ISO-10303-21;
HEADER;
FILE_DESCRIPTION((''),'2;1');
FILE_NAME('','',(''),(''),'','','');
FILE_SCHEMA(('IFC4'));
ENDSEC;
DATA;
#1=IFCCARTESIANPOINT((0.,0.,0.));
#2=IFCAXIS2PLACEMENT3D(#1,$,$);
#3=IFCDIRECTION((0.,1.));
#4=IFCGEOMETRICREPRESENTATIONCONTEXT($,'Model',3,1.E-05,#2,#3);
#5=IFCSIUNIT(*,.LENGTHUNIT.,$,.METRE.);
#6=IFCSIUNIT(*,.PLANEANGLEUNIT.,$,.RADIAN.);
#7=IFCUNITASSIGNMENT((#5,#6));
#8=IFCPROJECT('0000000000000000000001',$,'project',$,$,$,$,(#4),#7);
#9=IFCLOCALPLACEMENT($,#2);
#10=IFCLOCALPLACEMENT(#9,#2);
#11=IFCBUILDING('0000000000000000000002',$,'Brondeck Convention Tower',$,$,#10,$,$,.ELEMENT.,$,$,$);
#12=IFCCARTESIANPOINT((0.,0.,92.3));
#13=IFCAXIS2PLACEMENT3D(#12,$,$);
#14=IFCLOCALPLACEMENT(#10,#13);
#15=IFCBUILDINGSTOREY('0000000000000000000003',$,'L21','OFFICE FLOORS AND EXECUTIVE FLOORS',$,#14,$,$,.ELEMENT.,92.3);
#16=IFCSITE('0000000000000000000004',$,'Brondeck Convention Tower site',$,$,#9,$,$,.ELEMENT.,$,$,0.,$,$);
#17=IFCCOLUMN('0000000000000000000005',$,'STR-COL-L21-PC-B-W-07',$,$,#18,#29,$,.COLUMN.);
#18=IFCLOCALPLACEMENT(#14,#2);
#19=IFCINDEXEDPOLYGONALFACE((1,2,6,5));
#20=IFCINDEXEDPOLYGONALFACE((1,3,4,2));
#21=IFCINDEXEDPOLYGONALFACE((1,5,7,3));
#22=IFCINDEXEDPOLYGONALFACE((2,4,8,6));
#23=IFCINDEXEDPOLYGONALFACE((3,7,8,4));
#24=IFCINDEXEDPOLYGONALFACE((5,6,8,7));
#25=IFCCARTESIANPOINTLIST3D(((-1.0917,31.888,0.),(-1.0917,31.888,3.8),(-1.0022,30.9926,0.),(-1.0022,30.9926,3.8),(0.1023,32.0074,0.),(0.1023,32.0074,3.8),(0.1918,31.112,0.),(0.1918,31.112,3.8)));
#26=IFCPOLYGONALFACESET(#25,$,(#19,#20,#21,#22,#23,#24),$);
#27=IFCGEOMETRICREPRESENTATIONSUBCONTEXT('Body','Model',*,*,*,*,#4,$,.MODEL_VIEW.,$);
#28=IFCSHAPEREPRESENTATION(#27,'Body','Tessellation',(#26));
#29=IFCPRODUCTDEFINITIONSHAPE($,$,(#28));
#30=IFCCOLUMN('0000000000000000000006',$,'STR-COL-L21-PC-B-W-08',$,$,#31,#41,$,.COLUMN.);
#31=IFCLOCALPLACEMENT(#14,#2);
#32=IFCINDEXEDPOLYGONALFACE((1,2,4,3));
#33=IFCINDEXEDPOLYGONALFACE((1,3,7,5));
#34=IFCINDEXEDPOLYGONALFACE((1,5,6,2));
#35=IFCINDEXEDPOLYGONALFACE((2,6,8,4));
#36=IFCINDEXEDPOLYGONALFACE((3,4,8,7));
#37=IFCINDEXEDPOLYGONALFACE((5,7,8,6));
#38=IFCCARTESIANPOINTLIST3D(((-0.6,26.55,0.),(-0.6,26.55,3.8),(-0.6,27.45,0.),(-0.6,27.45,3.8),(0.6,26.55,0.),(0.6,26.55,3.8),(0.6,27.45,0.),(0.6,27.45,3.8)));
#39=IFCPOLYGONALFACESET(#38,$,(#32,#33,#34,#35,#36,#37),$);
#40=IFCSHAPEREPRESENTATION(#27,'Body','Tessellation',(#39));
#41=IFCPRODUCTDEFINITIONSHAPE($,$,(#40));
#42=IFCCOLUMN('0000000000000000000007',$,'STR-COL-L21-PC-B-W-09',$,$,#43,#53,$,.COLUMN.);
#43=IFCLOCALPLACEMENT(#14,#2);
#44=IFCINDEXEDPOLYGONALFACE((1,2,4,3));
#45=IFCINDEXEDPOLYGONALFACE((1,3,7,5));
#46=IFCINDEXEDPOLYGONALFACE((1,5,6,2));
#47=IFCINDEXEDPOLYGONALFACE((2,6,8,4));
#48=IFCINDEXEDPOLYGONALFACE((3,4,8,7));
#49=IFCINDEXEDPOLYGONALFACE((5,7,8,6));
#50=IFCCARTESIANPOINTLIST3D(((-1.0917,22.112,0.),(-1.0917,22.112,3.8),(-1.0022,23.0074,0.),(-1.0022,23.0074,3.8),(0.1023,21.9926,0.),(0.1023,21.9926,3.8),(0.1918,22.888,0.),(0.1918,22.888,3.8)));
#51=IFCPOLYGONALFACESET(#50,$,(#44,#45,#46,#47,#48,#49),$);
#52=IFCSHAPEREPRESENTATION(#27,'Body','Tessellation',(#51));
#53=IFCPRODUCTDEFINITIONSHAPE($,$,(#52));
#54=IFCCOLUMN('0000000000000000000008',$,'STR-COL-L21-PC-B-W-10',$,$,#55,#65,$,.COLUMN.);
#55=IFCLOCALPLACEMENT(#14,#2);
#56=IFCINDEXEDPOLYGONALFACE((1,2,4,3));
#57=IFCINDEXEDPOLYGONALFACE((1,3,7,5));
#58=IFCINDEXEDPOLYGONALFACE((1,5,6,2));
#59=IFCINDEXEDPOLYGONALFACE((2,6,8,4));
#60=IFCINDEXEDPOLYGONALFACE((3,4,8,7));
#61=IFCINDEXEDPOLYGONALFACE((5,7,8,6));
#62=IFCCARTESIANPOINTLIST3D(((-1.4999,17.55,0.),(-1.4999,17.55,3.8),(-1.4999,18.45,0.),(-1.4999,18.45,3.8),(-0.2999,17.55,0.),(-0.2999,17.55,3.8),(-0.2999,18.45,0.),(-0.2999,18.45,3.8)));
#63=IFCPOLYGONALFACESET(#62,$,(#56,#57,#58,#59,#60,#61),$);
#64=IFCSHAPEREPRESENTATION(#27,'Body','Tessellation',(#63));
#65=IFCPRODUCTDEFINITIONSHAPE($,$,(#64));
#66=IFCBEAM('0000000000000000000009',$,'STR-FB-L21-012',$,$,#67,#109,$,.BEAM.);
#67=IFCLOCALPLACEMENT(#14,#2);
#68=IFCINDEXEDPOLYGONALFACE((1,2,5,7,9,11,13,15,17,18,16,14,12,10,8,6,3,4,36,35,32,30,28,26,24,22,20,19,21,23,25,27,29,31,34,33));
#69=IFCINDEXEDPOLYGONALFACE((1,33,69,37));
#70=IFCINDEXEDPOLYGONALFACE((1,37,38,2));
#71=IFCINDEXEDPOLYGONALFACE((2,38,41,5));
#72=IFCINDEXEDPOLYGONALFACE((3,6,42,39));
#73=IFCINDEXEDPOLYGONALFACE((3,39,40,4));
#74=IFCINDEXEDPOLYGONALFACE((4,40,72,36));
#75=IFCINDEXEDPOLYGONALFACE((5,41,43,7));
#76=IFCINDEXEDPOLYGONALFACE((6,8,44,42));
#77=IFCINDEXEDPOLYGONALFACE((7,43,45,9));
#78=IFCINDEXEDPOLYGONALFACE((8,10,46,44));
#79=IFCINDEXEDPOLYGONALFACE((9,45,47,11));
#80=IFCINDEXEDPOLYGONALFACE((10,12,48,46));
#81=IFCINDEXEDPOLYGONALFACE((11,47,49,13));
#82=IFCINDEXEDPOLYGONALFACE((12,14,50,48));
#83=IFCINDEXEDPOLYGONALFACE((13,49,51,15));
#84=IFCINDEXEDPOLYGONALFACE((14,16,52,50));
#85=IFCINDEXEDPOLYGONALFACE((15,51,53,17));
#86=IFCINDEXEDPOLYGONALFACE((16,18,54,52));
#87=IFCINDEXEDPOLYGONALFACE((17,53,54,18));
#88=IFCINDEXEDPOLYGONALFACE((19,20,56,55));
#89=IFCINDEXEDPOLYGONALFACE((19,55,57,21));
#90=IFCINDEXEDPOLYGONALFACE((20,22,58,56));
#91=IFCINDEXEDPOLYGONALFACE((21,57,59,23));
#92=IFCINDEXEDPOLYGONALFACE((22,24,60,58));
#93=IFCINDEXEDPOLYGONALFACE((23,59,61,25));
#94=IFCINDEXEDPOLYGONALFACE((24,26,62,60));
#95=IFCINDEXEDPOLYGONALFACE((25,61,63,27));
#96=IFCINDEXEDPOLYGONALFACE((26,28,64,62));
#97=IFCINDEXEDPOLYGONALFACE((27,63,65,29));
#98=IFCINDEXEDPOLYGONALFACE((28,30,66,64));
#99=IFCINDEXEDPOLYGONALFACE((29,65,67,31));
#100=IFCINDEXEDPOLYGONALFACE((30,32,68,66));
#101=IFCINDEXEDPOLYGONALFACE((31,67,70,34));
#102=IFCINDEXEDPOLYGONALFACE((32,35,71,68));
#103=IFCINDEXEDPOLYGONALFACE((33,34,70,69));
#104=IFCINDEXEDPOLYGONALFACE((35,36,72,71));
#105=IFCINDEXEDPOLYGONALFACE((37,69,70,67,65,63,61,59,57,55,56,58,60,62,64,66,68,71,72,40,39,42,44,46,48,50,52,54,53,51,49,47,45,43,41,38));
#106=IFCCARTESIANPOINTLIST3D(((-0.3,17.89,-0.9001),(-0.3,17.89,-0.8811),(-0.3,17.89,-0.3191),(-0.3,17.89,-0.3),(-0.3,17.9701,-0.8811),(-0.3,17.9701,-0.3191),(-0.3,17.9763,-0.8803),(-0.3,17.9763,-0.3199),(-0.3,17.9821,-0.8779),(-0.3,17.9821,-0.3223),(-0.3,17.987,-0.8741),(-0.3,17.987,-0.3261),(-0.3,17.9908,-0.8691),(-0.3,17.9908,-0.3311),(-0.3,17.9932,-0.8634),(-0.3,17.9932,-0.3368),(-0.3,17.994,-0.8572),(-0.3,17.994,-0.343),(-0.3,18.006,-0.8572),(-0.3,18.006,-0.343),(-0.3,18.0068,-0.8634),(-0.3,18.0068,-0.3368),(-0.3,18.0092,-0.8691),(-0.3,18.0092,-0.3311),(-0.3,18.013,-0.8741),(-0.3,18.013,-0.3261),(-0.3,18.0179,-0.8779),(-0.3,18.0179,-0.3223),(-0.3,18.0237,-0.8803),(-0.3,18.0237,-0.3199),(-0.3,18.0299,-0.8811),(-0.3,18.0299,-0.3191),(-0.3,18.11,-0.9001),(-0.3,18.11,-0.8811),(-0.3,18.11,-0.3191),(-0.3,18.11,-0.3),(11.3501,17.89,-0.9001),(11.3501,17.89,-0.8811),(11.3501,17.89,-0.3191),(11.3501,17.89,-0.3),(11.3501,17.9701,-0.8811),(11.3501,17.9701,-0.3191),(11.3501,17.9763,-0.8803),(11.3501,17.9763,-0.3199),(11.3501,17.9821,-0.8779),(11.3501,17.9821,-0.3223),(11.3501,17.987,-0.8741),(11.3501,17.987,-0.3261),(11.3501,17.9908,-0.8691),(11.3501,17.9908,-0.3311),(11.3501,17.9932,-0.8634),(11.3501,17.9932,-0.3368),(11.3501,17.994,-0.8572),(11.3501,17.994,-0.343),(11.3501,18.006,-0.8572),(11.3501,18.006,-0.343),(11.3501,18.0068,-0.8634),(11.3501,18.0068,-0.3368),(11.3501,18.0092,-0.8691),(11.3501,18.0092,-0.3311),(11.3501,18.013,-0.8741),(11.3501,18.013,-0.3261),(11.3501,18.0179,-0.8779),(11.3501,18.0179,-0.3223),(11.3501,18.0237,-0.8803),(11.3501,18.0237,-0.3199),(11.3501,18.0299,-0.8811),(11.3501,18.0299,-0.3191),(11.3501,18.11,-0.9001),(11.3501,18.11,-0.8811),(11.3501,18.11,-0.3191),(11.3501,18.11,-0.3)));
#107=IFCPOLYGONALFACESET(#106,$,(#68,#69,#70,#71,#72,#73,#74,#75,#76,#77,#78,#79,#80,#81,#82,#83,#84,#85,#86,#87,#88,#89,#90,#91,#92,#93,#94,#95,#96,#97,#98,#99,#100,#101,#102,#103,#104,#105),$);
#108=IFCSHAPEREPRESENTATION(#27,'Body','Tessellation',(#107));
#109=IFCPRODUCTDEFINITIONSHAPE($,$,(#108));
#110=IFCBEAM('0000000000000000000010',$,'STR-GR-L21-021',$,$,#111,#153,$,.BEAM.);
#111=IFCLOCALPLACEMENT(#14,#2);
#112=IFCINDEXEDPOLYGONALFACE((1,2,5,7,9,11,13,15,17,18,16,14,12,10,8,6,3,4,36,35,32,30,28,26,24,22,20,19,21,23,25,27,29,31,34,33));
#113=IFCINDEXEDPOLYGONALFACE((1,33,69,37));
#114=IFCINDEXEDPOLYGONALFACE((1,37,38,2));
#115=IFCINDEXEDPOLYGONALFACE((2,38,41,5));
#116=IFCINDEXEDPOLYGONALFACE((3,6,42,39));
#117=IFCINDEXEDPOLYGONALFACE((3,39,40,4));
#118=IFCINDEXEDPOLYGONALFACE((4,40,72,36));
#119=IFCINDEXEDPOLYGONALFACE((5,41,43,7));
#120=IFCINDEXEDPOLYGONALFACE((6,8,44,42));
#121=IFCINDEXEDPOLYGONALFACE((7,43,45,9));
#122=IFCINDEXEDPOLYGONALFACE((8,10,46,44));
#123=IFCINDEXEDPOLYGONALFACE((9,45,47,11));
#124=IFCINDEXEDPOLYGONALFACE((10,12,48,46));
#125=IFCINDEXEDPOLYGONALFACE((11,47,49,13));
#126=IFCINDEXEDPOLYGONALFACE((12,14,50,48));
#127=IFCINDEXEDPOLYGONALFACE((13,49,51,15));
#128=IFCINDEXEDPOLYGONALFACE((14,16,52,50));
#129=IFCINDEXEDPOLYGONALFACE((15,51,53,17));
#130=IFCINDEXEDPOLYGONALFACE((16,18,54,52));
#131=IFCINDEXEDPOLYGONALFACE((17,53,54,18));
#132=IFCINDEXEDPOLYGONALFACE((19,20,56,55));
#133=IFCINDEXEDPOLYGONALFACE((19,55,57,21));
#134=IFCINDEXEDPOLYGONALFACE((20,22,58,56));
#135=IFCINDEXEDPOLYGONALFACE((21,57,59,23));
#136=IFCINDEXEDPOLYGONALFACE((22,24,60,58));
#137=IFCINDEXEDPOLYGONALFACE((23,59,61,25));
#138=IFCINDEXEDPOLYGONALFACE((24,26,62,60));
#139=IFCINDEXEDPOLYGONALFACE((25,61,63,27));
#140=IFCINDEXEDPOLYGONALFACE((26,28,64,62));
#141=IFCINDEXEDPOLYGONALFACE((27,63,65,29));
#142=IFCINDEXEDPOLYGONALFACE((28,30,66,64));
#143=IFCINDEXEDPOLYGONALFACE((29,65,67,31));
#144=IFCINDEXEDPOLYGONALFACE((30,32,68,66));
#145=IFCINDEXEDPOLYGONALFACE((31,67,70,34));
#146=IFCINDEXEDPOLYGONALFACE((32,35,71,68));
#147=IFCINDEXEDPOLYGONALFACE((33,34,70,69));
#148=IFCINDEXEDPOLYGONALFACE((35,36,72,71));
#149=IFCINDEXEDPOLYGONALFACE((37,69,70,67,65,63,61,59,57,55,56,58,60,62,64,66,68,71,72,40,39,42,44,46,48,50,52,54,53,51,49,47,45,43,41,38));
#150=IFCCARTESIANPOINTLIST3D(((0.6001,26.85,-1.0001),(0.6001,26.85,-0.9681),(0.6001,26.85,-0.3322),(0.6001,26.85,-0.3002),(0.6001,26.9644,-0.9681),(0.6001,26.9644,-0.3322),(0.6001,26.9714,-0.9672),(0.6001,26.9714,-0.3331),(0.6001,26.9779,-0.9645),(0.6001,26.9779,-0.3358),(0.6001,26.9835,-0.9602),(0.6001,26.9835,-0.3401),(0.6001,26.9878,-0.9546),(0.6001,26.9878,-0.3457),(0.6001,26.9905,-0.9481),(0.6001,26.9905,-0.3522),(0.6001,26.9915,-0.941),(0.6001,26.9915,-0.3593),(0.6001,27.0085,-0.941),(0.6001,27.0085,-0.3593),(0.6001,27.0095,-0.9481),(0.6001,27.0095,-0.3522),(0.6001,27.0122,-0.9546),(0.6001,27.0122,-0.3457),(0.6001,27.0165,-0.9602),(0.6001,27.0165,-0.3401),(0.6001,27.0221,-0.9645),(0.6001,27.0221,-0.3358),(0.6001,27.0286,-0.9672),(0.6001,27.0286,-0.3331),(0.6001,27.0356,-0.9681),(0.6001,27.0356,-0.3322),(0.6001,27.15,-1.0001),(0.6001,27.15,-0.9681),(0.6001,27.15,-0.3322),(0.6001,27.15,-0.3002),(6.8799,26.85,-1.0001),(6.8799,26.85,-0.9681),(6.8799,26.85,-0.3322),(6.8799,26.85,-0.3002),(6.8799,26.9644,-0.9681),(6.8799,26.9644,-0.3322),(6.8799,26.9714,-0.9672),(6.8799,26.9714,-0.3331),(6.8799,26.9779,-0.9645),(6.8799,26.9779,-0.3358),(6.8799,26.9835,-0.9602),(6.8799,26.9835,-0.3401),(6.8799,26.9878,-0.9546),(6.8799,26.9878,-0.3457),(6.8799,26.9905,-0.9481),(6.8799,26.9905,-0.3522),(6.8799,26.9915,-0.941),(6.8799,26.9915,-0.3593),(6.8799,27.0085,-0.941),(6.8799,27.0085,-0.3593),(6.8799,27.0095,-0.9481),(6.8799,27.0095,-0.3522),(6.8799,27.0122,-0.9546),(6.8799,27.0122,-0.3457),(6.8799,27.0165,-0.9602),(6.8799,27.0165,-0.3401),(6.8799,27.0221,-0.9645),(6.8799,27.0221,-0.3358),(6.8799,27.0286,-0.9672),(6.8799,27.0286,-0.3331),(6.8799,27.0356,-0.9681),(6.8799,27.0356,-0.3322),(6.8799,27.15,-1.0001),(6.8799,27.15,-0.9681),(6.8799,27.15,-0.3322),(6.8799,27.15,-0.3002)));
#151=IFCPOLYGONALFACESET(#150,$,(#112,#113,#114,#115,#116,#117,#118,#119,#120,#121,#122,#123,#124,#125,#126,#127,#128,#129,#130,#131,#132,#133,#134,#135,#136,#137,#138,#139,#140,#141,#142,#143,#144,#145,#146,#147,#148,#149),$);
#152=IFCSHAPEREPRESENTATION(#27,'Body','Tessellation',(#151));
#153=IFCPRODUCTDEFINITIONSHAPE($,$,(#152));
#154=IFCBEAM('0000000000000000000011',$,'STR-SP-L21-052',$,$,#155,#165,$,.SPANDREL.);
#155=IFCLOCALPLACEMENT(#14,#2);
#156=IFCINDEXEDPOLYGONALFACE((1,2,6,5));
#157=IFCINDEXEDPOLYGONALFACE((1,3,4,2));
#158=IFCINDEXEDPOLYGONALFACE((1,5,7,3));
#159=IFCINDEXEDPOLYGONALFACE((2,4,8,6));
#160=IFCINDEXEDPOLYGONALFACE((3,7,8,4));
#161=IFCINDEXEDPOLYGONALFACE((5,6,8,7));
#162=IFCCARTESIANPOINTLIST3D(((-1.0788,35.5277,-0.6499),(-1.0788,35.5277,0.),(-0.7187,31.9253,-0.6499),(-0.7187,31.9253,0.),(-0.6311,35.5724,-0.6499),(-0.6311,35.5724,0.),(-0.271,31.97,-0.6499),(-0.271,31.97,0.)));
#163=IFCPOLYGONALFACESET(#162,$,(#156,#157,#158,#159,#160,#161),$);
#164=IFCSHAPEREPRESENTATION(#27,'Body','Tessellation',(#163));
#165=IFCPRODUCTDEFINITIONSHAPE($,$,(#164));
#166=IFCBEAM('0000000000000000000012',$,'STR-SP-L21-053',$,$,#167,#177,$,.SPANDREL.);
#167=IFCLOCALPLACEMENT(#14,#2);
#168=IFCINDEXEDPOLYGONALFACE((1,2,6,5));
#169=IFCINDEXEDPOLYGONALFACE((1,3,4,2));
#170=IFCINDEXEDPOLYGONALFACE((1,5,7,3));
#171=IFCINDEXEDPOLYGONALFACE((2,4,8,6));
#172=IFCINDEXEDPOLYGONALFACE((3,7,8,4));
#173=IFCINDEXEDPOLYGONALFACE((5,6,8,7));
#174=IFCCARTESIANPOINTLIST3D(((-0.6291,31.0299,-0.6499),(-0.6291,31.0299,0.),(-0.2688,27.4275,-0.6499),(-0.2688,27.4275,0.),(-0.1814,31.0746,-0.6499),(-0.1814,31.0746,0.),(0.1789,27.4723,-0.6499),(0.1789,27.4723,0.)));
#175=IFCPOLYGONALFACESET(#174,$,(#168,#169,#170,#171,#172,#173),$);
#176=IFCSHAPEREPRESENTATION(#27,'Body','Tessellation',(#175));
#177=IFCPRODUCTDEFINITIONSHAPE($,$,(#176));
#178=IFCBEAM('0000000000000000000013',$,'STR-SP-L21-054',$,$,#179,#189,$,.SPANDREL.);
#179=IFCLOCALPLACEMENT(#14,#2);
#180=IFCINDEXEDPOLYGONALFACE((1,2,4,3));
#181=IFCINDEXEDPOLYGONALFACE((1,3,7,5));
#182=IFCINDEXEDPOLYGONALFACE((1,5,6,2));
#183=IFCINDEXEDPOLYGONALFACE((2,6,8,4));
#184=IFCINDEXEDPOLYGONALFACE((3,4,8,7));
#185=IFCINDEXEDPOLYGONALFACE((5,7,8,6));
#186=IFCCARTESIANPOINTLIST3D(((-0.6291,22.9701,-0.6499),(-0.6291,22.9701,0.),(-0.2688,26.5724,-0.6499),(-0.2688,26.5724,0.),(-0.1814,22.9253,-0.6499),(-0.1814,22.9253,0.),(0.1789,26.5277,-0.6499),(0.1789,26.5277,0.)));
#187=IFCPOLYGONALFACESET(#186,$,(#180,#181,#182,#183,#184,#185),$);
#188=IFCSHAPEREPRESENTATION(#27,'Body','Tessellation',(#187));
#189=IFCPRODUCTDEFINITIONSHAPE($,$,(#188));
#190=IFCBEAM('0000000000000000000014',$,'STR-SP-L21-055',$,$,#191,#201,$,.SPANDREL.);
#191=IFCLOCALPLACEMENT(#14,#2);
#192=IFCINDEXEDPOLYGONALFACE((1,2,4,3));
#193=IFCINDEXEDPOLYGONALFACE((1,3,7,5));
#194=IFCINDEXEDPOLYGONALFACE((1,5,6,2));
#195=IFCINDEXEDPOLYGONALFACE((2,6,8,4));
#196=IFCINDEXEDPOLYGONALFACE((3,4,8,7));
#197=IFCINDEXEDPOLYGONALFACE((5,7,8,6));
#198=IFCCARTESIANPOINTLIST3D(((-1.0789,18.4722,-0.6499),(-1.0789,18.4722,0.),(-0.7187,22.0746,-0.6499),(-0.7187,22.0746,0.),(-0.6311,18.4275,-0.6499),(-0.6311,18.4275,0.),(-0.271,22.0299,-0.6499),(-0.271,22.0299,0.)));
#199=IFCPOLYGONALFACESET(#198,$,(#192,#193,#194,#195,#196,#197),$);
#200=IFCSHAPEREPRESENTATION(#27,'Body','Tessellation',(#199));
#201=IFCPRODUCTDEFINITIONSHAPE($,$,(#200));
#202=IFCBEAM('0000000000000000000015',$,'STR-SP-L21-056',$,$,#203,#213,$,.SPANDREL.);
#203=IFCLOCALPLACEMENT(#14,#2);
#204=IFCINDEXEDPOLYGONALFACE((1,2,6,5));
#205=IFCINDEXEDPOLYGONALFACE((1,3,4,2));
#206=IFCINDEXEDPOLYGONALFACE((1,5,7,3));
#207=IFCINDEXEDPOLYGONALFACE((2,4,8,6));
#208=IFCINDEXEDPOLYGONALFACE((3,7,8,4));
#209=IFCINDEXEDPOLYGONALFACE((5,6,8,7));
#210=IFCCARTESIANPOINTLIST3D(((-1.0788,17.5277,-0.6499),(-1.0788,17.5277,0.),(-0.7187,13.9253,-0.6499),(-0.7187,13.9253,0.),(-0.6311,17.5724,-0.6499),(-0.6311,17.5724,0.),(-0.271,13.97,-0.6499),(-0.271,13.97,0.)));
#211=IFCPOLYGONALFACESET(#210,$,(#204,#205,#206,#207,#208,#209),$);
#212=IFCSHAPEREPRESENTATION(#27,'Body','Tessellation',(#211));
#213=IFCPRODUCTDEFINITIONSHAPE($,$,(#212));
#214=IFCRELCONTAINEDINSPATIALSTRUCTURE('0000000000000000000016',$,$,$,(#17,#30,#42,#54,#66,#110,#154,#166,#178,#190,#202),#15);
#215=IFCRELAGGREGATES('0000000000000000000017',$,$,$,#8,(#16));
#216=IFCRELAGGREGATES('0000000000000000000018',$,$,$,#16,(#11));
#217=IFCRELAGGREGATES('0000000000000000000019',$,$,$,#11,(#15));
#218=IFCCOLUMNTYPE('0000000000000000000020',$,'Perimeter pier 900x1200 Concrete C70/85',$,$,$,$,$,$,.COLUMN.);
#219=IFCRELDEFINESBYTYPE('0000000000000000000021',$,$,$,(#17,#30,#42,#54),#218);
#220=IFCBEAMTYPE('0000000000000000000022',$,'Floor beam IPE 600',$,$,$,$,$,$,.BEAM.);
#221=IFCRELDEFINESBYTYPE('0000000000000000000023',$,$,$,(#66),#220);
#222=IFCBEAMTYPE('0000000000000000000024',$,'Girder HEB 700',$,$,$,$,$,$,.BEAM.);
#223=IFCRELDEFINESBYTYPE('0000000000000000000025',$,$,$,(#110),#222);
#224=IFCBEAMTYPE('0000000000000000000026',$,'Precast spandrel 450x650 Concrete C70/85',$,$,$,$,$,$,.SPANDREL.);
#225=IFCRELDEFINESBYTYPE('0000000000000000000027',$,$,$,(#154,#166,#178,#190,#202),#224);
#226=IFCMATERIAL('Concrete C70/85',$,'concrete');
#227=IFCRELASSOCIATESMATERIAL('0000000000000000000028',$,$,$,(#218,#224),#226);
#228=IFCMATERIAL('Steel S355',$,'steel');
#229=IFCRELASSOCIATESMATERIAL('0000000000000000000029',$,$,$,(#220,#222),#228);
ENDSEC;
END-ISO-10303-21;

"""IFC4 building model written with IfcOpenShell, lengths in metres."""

from ifc_helpers import new_model, si_unit, direction, frame, origin, origin_2d, place, context, subcontext, project, spatial, rectangle, i_section, extrude, material, material_profile, profile_set, type_object, element, save


model = new_model("IFC4")

# Units and contexts
model_context = context("Model", 3, precision=1e-05, world=origin(), true_north=direction((0.0, 1.0)))
body_context = subcontext(model_context, "Body", "Model", "MODEL_VIEW")
ifc_project = project(units=[si_unit("LENGTHUNIT", "METRE"), si_unit("PLANEANGLEUNIT", "RADIAN")], contexts=[model_context])

# Site, building, storey
site_placement = place(None, origin())
site = spatial("IfcSite", under=ifc_project, at=site_placement, Name="Brondeck Convention Tower site", CompositionType="ELEMENT", RefElevation=0.0)
building_placement = place(site_placement, origin())
building = spatial("IfcBuilding", under=site, at=building_placement, Name="Brondeck Convention Tower", CompositionType="ELEMENT")
storey_placement = place(building_placement, frame((0.0, 0.0, 92.3)))
storey = spatial("IfcBuildingStorey", under=building, at=storey_placement, Name="L21", Description="OFFICE FLOORS AND EXECUTIVE FLOORS", CompositionType="ELEMENT", Elevation=92.3)

# Columns
ifc_material_1 = material(Name="Concrete C70/85", Category="concrete")
ifc_material_profile_1 = material_profile(ifc_material_1, rectangle(XDim=0.8999, YDim=1.2, at=origin_2d()), Name="Perimeter pier 900x1200 Concrete C70/85")
ifc_profile_set_1 = profile_set([ifc_material_profile_1], Name="Concrete C70/85")
column_type = type_object("IfcColumnType", Name="Perimeter pier 900x1200 Concrete C70/85", PredefinedType="COLUMN", material=ifc_profile_set_1)
for number, where, z_axis, x_axis, name in (
    (1, (-0.45, 31.5, 0.0), (0.0, 0.0, 1.0), (0.099504, -0.995037, 0.0), "STR-COL-L21-PC-B-W-07"),
    (2, (0.0, 27.0, 0.0), (0.0, 0.0, 1.0), (0.0, -1.0, 0.0), "STR-COL-L21-PC-B-W-08"),
    (3, (-0.45, 22.5, 0.0), (0.0, 0.0, 1.0), (-0.099504, -0.995037, 0.0), "STR-COL-L21-PC-B-W-09"),
    (4, (-0.8999, 18.0, 0.0), (0.0, 0.0, 1.0), (0.0, -1.0, 0.0), "STR-COL-L21-PC-B-W-10"),
):
    element("IfcColumn", number, at=place(storey_placement, frame(where, z_axis=z_axis, x_axis=x_axis)), inside=storey, type_object=column_type, Name=name, PredefinedType="COLUMN", context=body_context, shape_type="SweptSolid", body=[
        extrude(rectangle(XDim=0.8999, YDim=1.2, at=origin_2d()), origin(), (0.0, 0.0, 1.0), 3.8),
    ])

# Beams
ifc_material_2 = material(Name="Steel S355", Category="steel")
ifc_material_profile_2 = material_profile(ifc_material_2, i_section(OverallWidth=0.22, OverallDepth=0.6001, WebThickness=0.012, FlangeThickness=0.019, FilletRadius=0.0239, at=origin_2d()), Name="IPE 600")
ifc_profile_set_2 = profile_set([ifc_material_profile_2], Name="Steel S355")
beam_type_1 = type_object("IfcBeamType", Name="Floor beam IPE 600", PredefinedType="BEAM", material=ifc_profile_set_2)
beam_1_placement = place(storey_placement, frame((-0.3, 18.0, -0.6001), z_axis=(1.0, 0.0, 0.0), x_axis=(0.0, 1.0, 0.0)))
element("IfcBeam", 5, at=beam_1_placement, inside=storey, type_object=beam_type_1, Name="STR-FB-L21-012", PredefinedType="BEAM", context=body_context, shape_type="SweptSolid", body=[
    extrude(i_section(OverallWidth=0.22, OverallDepth=0.6001, WebThickness=0.012, FlangeThickness=0.019, FilletRadius=0.0239, at=origin_2d()), origin(), (0.0, 0.0, 1.0), 11.6501),
])
ifc_material_profile_3 = material_profile(ifc_material_2, i_section(OverallWidth=0.3, OverallDepth=0.7, WebThickness=0.0171, FlangeThickness=0.032, FilletRadius=0.0271, at=origin_2d()), Name="HEB 700")
ifc_profile_set_3 = profile_set([ifc_material_profile_3], Name="Steel S355")
beam_type_2 = type_object("IfcBeamType", Name="Girder HEB 700", PredefinedType="BEAM", material=ifc_profile_set_3)
beam_2_placement = place(storey_placement, frame((0.6001, 27.0, -0.6501), z_axis=(1.0, 0.0, 0.0), x_axis=(0.0, 1.0, 0.0)))
element("IfcBeam", 6, at=beam_2_placement, inside=storey, type_object=beam_type_2, Name="STR-GR-L21-021", PredefinedType="BEAM", context=body_context, shape_type="SweptSolid", body=[
    extrude(i_section(OverallWidth=0.3, OverallDepth=0.7, WebThickness=0.0171, FlangeThickness=0.032, FilletRadius=0.0271, at=origin_2d()), origin(), (0.0, 0.0, 1.0), 6.2798),
])
ifc_material_profile_4 = material_profile(ifc_material_1, rectangle(XDim=0.45, YDim=0.6499, at=origin_2d()), Name="Precast spandrel 450x650 Concrete C70/85")
ifc_profile_set_4 = profile_set([ifc_material_profile_4], Name="Concrete C70/85")
beam_type_3 = type_object("IfcBeamType", Name="Precast spandrel 450x650 Concrete C70/85", PredefinedType="SPANDREL", material=ifc_profile_set_4)
for number, where, z_axis, x_axis, name in (
    (7, (-0.855, 35.55, -0.325), (0.09947, -0.995041, 0.0), (0.995041, 0.09947, 0.0), "STR-SP-L21-052"),
    (8, (-0.4053, 31.0522, -0.325), (0.099537, -0.995034, 0.0), (0.995034, 0.099537, 0.0), "STR-SP-L21-053"),
    (9, (-0.0449, 26.55, -0.325), (-0.099537, -0.995034, 0.0), (0.995034, -0.099537, 0.0), "STR-SP-L21-054"),
    (10, (-0.4949, 22.0522, -0.325), (-0.09947, -0.995041, 0.0), (0.995041, -0.09947, 0.0), "STR-SP-L21-055"),
    (11, (-0.855, 17.55, -0.325), (0.09947, -0.995041, 0.0), (0.995041, 0.09947, 0.0), "STR-SP-L21-056"),
):
    element("IfcBeam", number, at=place(storey_placement, frame(where, z_axis=z_axis, x_axis=x_axis)), inside=storey, type_object=beam_type_3, Name=name, PredefinedType="SPANDREL", context=body_context, shape_type="SweptSolid", body=[
        extrude(rectangle(XDim=0.45, YDim=0.6499, at=origin_2d()), origin(), (0.0, 0.0, 1.0), 3.6204),
    ])

save(model, "model.ifc")
